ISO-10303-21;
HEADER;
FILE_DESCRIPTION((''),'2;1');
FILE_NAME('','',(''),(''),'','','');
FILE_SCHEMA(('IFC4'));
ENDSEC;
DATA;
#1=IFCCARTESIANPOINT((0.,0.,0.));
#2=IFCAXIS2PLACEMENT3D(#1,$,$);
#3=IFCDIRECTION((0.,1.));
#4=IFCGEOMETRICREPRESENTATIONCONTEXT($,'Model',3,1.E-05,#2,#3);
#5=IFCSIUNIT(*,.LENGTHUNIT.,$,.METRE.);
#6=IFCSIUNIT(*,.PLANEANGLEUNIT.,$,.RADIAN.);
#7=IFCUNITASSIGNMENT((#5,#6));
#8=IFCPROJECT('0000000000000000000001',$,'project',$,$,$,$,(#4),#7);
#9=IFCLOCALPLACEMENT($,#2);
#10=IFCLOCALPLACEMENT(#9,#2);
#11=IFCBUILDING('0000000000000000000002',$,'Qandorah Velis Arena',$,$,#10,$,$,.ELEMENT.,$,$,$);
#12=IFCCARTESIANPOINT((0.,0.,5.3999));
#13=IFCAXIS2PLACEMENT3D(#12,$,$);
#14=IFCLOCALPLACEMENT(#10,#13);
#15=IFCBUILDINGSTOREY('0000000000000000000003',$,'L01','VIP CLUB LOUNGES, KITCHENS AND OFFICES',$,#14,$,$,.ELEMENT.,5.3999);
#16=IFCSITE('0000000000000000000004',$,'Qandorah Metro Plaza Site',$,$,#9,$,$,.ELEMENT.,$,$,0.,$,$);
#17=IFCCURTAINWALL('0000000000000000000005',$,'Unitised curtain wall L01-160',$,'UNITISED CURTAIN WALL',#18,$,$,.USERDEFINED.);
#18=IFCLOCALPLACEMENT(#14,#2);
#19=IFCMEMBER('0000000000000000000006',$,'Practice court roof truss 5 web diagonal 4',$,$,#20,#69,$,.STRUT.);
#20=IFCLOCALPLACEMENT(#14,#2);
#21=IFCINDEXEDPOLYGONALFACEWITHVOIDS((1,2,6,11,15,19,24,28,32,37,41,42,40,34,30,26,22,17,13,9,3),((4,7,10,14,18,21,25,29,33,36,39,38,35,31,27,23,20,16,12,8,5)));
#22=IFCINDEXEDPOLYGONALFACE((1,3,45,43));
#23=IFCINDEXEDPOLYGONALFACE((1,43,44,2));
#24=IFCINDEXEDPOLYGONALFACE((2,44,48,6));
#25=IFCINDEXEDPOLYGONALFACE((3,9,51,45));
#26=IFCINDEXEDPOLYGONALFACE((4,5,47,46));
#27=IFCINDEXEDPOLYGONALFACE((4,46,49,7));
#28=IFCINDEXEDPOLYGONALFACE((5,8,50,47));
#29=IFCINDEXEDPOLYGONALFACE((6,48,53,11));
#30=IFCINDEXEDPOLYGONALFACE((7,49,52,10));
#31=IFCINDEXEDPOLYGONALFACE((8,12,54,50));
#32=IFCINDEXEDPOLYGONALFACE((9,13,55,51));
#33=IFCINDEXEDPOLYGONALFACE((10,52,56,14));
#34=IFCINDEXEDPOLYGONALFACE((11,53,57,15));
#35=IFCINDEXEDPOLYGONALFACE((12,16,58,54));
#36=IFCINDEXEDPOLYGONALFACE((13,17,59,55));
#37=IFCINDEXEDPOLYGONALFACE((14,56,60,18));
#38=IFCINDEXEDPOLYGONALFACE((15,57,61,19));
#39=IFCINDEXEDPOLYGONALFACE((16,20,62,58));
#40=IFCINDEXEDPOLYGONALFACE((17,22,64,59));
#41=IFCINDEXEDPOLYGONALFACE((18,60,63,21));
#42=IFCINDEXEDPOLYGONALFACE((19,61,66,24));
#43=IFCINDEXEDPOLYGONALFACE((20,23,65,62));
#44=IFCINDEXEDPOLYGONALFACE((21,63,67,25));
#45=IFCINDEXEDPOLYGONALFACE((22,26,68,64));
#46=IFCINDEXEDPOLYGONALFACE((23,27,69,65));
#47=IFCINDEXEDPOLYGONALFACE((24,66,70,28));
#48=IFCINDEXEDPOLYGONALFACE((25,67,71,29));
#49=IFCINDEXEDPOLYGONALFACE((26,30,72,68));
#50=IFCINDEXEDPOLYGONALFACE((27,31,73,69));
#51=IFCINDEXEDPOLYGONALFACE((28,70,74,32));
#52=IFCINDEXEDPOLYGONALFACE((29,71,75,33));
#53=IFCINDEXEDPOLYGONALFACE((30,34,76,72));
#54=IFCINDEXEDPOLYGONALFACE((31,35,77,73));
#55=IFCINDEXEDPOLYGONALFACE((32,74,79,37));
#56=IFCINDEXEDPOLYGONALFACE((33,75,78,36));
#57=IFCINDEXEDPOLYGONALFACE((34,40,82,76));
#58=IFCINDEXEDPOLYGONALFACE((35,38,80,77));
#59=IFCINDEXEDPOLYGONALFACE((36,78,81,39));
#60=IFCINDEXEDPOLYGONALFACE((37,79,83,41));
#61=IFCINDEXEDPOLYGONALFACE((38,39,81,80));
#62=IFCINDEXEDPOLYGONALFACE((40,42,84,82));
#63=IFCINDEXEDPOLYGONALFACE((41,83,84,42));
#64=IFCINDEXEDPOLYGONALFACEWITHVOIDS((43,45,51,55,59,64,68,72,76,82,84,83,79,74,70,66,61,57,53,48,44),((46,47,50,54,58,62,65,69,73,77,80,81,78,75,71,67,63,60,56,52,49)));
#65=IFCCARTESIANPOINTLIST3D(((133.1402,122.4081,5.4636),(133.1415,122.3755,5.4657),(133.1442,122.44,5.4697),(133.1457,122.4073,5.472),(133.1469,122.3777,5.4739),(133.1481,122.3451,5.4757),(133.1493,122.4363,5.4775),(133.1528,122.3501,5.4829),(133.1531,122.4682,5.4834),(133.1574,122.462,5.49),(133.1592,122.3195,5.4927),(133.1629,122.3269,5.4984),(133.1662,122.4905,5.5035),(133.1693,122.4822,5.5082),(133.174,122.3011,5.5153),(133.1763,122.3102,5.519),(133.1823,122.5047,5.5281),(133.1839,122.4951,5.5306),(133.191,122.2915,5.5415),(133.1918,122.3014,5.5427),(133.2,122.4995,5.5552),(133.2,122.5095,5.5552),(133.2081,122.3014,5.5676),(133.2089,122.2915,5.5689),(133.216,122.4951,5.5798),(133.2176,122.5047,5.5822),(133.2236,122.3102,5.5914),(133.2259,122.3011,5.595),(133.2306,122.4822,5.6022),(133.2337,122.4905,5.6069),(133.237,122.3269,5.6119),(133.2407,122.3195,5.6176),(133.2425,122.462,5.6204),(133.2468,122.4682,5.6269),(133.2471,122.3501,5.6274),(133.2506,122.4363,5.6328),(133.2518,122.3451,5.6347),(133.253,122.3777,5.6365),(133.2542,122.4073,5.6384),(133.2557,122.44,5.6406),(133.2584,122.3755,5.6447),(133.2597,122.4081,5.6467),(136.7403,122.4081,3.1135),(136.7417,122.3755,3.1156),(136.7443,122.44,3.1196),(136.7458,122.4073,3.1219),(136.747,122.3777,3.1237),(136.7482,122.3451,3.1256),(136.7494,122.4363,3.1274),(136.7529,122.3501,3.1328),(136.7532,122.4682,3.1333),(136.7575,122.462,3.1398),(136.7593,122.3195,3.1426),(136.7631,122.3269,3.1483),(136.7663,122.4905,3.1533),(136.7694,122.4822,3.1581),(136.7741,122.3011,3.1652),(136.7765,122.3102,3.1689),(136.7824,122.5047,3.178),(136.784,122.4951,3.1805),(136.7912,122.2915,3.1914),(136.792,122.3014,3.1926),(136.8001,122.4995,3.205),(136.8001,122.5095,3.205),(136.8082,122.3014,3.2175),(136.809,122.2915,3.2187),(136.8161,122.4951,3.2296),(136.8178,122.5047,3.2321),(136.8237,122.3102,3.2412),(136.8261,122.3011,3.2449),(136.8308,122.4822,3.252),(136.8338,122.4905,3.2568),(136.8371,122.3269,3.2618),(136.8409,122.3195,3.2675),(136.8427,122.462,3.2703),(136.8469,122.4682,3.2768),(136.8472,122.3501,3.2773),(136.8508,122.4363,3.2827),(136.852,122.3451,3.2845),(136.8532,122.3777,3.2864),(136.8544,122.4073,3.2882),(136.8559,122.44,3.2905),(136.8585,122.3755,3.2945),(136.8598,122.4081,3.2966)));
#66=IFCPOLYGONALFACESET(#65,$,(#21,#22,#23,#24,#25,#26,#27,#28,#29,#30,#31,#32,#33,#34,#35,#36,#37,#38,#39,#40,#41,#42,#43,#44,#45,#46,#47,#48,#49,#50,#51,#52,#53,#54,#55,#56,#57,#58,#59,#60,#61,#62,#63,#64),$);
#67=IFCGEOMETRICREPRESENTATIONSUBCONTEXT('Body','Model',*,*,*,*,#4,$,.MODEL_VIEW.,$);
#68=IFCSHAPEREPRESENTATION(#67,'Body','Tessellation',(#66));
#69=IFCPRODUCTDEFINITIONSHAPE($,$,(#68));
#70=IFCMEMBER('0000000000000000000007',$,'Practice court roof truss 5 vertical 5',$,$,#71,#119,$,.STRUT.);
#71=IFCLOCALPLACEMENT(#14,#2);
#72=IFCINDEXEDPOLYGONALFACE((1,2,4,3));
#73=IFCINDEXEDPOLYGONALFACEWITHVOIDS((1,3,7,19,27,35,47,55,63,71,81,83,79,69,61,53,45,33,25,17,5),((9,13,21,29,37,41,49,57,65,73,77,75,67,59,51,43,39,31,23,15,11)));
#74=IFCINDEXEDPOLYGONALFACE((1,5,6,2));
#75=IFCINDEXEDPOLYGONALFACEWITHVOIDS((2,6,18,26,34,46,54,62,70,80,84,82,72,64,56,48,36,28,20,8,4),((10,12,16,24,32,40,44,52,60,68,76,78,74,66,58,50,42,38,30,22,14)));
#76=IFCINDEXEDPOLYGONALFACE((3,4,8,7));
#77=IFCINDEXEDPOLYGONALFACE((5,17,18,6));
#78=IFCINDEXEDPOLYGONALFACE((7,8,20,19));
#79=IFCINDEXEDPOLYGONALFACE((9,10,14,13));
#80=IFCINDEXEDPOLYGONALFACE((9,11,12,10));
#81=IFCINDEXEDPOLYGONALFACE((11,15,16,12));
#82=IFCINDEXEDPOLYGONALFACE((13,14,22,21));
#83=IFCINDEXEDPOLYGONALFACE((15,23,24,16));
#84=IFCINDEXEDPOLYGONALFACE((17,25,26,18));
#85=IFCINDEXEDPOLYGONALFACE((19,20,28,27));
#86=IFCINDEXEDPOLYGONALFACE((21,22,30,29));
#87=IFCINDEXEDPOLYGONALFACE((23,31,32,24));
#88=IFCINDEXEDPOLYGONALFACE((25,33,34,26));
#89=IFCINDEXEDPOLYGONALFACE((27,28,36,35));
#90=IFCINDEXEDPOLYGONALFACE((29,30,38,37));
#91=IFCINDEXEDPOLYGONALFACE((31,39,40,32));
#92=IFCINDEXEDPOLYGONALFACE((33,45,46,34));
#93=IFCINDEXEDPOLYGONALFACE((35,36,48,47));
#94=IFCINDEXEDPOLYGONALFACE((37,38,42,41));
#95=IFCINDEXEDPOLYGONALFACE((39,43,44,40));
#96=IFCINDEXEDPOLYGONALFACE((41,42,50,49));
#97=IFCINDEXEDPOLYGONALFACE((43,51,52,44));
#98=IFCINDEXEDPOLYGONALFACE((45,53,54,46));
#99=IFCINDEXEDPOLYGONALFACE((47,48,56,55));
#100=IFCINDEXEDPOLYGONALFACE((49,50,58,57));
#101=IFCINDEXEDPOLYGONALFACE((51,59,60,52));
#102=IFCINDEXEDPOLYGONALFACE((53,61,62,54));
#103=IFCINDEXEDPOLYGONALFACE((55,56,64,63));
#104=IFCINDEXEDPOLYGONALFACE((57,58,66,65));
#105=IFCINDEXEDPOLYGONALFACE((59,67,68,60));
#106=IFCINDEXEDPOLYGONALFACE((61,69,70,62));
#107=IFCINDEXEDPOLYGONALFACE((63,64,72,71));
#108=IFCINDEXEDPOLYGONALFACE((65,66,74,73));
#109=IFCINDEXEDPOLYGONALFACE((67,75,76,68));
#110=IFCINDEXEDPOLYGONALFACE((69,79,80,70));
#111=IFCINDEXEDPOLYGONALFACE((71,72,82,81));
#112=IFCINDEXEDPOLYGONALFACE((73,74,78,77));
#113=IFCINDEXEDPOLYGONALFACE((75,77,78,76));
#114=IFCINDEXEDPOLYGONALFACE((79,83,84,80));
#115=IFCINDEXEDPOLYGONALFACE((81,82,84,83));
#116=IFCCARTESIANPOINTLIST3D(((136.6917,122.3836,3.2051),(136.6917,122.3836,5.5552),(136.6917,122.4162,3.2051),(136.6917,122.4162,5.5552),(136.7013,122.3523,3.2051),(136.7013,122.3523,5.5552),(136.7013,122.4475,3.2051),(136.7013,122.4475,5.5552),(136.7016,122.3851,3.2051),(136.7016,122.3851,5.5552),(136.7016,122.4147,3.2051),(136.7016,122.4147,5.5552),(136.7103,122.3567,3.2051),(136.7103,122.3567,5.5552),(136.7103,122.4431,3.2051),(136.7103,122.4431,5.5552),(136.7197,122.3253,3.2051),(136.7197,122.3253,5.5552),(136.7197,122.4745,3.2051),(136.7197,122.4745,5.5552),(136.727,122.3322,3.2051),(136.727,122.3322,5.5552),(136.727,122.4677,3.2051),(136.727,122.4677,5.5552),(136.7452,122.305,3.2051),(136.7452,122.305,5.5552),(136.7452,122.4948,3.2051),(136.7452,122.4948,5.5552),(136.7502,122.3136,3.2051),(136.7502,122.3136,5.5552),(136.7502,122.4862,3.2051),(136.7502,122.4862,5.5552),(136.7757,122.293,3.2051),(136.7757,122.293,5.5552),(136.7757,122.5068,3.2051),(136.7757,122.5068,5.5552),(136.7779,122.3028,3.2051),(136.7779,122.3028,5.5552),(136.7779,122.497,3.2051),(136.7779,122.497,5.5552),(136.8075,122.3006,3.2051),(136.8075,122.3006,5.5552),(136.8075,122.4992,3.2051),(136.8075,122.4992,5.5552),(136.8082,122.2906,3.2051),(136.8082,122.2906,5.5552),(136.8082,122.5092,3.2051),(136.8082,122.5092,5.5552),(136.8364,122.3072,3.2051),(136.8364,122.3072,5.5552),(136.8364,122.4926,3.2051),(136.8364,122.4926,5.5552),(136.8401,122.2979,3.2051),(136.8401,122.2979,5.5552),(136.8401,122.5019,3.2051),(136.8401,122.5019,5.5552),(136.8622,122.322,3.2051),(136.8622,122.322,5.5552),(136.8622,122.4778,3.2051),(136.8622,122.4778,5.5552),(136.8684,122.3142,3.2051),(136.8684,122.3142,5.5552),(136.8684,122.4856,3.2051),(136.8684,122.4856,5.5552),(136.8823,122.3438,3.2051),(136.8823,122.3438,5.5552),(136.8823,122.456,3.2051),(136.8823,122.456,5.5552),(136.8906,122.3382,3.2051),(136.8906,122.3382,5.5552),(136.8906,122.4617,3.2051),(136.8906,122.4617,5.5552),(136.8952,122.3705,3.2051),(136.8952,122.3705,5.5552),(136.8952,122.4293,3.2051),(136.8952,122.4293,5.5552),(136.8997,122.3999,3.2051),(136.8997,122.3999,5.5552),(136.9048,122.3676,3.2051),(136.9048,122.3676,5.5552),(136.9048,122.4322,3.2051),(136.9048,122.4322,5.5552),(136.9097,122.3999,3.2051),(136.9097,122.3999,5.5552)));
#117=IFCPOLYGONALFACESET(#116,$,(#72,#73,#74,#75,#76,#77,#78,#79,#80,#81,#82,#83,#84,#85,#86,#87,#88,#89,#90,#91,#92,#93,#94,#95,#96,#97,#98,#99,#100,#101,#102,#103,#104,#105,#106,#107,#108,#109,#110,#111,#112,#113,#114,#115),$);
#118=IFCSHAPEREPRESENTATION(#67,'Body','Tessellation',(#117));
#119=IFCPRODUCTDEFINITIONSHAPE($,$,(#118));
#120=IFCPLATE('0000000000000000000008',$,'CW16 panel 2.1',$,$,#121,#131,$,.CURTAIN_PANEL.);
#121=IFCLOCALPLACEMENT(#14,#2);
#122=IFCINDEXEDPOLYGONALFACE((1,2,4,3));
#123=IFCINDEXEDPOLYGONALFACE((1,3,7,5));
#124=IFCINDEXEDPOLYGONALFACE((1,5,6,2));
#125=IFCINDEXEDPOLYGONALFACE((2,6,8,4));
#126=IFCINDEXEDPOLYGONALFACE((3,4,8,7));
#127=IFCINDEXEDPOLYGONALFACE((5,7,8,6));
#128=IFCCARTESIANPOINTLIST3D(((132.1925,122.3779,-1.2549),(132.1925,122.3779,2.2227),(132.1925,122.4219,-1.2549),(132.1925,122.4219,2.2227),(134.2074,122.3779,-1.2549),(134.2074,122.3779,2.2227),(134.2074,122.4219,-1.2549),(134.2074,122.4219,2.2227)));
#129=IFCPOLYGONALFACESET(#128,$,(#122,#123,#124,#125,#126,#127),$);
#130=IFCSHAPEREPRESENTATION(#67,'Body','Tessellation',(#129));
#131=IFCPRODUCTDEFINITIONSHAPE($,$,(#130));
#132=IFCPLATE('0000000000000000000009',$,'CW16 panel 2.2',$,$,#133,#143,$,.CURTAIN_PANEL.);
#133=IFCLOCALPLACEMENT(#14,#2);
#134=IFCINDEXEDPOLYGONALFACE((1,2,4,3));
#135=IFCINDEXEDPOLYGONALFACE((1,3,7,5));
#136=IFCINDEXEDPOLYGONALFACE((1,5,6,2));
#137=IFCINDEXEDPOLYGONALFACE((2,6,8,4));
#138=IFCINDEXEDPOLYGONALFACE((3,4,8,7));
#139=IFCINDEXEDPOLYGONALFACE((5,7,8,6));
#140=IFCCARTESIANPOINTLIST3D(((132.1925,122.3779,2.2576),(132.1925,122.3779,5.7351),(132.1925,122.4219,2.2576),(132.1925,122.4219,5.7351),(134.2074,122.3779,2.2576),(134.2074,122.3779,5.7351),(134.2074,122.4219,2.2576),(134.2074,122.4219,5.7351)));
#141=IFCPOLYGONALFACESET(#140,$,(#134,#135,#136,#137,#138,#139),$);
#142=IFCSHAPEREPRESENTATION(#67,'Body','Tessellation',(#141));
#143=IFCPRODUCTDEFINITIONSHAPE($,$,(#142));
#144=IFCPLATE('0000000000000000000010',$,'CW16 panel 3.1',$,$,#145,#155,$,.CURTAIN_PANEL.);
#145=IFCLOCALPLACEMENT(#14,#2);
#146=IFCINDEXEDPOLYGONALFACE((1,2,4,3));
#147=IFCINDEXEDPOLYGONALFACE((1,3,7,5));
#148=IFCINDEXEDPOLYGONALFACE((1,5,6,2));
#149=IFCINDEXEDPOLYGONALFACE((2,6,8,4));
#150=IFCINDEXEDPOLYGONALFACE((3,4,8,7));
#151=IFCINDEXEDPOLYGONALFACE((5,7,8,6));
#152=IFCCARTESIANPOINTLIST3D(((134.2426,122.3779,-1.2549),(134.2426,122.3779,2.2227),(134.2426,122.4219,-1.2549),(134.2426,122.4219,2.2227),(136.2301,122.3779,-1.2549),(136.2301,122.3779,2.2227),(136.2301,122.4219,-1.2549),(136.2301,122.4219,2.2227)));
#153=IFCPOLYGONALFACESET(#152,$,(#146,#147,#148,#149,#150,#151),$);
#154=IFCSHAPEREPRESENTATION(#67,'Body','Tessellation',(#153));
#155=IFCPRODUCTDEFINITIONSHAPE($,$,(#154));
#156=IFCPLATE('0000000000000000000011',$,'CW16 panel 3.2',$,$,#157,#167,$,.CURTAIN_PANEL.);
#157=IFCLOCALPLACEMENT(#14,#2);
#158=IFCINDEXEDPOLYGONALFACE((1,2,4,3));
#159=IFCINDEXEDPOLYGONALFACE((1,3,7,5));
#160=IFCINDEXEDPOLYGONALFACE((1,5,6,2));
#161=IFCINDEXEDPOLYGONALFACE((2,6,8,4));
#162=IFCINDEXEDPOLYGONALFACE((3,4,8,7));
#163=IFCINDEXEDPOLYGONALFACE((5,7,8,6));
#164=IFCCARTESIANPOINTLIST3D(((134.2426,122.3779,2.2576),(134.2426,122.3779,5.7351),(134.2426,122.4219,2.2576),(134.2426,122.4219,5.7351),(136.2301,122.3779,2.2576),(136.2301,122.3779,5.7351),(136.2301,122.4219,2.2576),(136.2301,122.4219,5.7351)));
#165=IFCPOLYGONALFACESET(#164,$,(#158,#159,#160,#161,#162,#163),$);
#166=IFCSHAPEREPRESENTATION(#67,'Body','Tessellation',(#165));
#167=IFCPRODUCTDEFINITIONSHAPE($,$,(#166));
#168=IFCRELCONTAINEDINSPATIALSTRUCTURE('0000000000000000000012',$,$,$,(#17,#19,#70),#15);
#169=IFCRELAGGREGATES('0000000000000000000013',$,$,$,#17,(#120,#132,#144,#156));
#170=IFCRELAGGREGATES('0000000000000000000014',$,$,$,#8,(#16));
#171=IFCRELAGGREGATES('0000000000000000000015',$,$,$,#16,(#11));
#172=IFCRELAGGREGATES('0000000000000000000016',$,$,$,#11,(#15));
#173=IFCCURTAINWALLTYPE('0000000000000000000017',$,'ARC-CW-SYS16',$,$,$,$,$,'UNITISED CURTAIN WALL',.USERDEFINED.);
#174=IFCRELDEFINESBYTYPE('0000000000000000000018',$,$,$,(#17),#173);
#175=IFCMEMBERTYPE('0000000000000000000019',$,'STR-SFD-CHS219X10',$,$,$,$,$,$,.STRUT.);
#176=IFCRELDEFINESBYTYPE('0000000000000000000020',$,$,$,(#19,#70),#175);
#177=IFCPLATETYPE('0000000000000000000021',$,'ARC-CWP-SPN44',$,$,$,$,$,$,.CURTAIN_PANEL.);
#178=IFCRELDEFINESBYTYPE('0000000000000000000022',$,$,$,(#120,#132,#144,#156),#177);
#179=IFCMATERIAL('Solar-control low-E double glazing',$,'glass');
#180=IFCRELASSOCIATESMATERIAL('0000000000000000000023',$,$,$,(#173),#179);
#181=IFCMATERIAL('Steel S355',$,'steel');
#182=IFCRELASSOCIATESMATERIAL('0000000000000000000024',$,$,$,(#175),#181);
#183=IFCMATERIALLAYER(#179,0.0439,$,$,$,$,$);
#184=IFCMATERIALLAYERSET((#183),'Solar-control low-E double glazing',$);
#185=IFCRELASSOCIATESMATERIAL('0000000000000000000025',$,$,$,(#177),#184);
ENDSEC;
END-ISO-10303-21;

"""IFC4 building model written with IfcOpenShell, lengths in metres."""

from ifc_helpers import new_model, si_unit, direction, frame, origin, origin_2d, place, context, subcontext, project, spatial, rectangle, hollow_circle, extrude, material, layer, layer_set, material_profile, profile_set, type_object, element, aggregate, save


model = new_model("IFC4")

# Units and contexts
model_context = context("Model", 3, precision=1e-05, world=origin(), true_north=direction((0.0, 1.0)))
body_context = subcontext(model_context, "Body", "Model", "MODEL_VIEW")
ifc_project = project(units=[si_unit("LENGTHUNIT", "METRE"), si_unit("PLANEANGLEUNIT", "RADIAN")], contexts=[model_context])

# Site, building, storey
site_placement = place(None, origin())
site = spatial("IfcSite", under=ifc_project, at=site_placement, Name="Qandorah Metro Plaza Site", CompositionType="ELEMENT", RefElevation=0.0)
building_placement = place(site_placement, origin())
building = spatial("IfcBuilding", under=site, at=building_placement, Name="Qandorah Velis Arena", CompositionType="ELEMENT")
storey_placement = place(building_placement, frame((0.0, 0.0, 5.3999)))
storey = spatial("IfcBuildingStorey", under=building, at=storey_placement, Name="L01", Description="VIP CLUB LOUNGES, KITCHENS AND OFFICES", CompositionType="ELEMENT", Elevation=5.3999)

# Curtain wall
ifc_material_1 = material(Name="Solar-control low-E double glazing", Category="glass")
curtain_wall_type = type_object("IfcCurtainWallType", Name="ARC-CW-SYS16", ElementType="UNITISED CURTAIN WALL", PredefinedType="USERDEFINED", material=ifc_material_1)
curtain_wall_placement = place(storey_placement, origin())
curtain_wall = element("IfcCurtainWall", 1, at=curtain_wall_placement, inside=storey, type_object=curtain_wall_type, Name="Unitised curtain wall L01-160", ObjectType="UNITISED CURTAIN WALL", PredefinedType="USERDEFINED")

# Members
ifc_material_2 = material(Name="Steel S355", Category="steel")
ifc_material_profile_1 = material_profile(ifc_material_2, hollow_circle(Radius=0.1096, WallThickness=0.01, at=origin_2d()), Name="CHS 219.1x10")
ifc_profile_set_1 = profile_set([ifc_material_profile_1], Name="Steel S355")
member_type_1 = type_object("IfcMemberType", Name="STR-SFD-CHS219X10", PredefinedType="STRUT", material=ifc_profile_set_1)
member_1_placement = place(storey_placement, frame((133.2, 122.3999, 5.5552), z_axis=(0.837376, 0.0, -0.546628), x_axis=(0.0, 1.0, 0.0)))
element("IfcMember", 2, at=member_1_placement, inside=storey, type_object=member_type_1, Name="Practice court roof truss 5 web diagonal 4", PredefinedType="STRUT", context=body_context, shape_type="SweptSolid", body=[
    extrude(hollow_circle(Radius=0.1096, WallThickness=0.01, at=origin_2d()), origin(), (0.0, 0.0, 1.0), 4.2993),
])
member_2_placement = place(storey_placement, frame((136.8, 122.3999, 3.2051), z_axis=(0.0, 0.0, 1.0), x_axis=(1.0, 0.0, 0.0)))
element("IfcMember", 3, at=member_2_placement, inside=storey, type_object=member_type_1, Name="Practice court roof truss 5 vertical 5", PredefinedType="STRUT", context=body_context, shape_type="SweptSolid", body=[
    extrude(hollow_circle(Radius=0.1096, WallThickness=0.01, at=origin_2d()), origin(), (0.0, 0.0, 1.0), 2.3501),
])

# Plates
ifc_layer = layer(ifc_material_1, 0.0439)
ifc_layer_set = layer_set([ifc_layer], Name="Solar-control low-E double glazing")
plate_type = type_object("IfcPlateType", Name="ARC-CWP-SPN44", PredefinedType="CURTAIN_PANEL", material=ifc_layer_set)
plate_1_placement = place(storey_placement, frame((133.2, 122.3999, -1.2549), z_axis=(0.0, 0.0, 1.0), x_axis=(1.0, 0.0, 0.0)))
plate_1 = element("IfcPlate", 4, at=plate_1_placement, type_object=plate_type, Name="CW16 panel 2.1", PredefinedType="CURTAIN_PANEL", context=body_context, shape_type="SweptSolid", body=[
    extrude(rectangle(XDim=2.0149, YDim=0.0439, at=origin_2d()), origin(), (0.0, 0.0, 1.0), 3.4775),
])
plate_2_placement = place(storey_placement, frame((133.2, 122.3999, 2.2576), z_axis=(0.0, 0.0, 1.0), x_axis=(1.0, 0.0, 0.0)))
plate_2 = element("IfcPlate", 5, at=plate_2_placement, type_object=plate_type, Name="CW16 panel 2.2", PredefinedType="CURTAIN_PANEL", context=body_context, shape_type="SweptSolid", body=[
    extrude(rectangle(XDim=2.0149, YDim=0.0439, at=origin_2d()), origin(), (0.0, 0.0, 1.0), 3.4775),
])
plate_3_placement = place(storey_placement, frame((135.2363, 122.3999, -1.2549), z_axis=(0.0, 0.0, 1.0), x_axis=(1.0, 0.0, 0.0)))
plate_3 = element("IfcPlate", 6, at=plate_3_placement, type_object=plate_type, Name="CW16 panel 3.1", PredefinedType="CURTAIN_PANEL", context=body_context, shape_type="SweptSolid", body=[
    extrude(rectangle(XDim=1.9875, YDim=0.0439, at=origin_2d()), origin(), (0.0, 0.0, 1.0), 3.4775),
])
plate_4_placement = place(storey_placement, frame((135.2363, 122.3999, 2.2576), z_axis=(0.0, 0.0, 1.0), x_axis=(1.0, 0.0, 0.0)))
plate_4 = element("IfcPlate", 7, at=plate_4_placement, type_object=plate_type, Name="CW16 panel 3.2", PredefinedType="CURTAIN_PANEL", context=body_context, shape_type="SweptSolid", body=[
    extrude(rectangle(XDim=1.9875, YDim=0.0439, at=origin_2d()), origin(), (0.0, 0.0, 1.0), 3.4775),
])
aggregate(curtain_wall, [plate_1, plate_2, plate_3, plate_4])

save(model, "model.ifc")
